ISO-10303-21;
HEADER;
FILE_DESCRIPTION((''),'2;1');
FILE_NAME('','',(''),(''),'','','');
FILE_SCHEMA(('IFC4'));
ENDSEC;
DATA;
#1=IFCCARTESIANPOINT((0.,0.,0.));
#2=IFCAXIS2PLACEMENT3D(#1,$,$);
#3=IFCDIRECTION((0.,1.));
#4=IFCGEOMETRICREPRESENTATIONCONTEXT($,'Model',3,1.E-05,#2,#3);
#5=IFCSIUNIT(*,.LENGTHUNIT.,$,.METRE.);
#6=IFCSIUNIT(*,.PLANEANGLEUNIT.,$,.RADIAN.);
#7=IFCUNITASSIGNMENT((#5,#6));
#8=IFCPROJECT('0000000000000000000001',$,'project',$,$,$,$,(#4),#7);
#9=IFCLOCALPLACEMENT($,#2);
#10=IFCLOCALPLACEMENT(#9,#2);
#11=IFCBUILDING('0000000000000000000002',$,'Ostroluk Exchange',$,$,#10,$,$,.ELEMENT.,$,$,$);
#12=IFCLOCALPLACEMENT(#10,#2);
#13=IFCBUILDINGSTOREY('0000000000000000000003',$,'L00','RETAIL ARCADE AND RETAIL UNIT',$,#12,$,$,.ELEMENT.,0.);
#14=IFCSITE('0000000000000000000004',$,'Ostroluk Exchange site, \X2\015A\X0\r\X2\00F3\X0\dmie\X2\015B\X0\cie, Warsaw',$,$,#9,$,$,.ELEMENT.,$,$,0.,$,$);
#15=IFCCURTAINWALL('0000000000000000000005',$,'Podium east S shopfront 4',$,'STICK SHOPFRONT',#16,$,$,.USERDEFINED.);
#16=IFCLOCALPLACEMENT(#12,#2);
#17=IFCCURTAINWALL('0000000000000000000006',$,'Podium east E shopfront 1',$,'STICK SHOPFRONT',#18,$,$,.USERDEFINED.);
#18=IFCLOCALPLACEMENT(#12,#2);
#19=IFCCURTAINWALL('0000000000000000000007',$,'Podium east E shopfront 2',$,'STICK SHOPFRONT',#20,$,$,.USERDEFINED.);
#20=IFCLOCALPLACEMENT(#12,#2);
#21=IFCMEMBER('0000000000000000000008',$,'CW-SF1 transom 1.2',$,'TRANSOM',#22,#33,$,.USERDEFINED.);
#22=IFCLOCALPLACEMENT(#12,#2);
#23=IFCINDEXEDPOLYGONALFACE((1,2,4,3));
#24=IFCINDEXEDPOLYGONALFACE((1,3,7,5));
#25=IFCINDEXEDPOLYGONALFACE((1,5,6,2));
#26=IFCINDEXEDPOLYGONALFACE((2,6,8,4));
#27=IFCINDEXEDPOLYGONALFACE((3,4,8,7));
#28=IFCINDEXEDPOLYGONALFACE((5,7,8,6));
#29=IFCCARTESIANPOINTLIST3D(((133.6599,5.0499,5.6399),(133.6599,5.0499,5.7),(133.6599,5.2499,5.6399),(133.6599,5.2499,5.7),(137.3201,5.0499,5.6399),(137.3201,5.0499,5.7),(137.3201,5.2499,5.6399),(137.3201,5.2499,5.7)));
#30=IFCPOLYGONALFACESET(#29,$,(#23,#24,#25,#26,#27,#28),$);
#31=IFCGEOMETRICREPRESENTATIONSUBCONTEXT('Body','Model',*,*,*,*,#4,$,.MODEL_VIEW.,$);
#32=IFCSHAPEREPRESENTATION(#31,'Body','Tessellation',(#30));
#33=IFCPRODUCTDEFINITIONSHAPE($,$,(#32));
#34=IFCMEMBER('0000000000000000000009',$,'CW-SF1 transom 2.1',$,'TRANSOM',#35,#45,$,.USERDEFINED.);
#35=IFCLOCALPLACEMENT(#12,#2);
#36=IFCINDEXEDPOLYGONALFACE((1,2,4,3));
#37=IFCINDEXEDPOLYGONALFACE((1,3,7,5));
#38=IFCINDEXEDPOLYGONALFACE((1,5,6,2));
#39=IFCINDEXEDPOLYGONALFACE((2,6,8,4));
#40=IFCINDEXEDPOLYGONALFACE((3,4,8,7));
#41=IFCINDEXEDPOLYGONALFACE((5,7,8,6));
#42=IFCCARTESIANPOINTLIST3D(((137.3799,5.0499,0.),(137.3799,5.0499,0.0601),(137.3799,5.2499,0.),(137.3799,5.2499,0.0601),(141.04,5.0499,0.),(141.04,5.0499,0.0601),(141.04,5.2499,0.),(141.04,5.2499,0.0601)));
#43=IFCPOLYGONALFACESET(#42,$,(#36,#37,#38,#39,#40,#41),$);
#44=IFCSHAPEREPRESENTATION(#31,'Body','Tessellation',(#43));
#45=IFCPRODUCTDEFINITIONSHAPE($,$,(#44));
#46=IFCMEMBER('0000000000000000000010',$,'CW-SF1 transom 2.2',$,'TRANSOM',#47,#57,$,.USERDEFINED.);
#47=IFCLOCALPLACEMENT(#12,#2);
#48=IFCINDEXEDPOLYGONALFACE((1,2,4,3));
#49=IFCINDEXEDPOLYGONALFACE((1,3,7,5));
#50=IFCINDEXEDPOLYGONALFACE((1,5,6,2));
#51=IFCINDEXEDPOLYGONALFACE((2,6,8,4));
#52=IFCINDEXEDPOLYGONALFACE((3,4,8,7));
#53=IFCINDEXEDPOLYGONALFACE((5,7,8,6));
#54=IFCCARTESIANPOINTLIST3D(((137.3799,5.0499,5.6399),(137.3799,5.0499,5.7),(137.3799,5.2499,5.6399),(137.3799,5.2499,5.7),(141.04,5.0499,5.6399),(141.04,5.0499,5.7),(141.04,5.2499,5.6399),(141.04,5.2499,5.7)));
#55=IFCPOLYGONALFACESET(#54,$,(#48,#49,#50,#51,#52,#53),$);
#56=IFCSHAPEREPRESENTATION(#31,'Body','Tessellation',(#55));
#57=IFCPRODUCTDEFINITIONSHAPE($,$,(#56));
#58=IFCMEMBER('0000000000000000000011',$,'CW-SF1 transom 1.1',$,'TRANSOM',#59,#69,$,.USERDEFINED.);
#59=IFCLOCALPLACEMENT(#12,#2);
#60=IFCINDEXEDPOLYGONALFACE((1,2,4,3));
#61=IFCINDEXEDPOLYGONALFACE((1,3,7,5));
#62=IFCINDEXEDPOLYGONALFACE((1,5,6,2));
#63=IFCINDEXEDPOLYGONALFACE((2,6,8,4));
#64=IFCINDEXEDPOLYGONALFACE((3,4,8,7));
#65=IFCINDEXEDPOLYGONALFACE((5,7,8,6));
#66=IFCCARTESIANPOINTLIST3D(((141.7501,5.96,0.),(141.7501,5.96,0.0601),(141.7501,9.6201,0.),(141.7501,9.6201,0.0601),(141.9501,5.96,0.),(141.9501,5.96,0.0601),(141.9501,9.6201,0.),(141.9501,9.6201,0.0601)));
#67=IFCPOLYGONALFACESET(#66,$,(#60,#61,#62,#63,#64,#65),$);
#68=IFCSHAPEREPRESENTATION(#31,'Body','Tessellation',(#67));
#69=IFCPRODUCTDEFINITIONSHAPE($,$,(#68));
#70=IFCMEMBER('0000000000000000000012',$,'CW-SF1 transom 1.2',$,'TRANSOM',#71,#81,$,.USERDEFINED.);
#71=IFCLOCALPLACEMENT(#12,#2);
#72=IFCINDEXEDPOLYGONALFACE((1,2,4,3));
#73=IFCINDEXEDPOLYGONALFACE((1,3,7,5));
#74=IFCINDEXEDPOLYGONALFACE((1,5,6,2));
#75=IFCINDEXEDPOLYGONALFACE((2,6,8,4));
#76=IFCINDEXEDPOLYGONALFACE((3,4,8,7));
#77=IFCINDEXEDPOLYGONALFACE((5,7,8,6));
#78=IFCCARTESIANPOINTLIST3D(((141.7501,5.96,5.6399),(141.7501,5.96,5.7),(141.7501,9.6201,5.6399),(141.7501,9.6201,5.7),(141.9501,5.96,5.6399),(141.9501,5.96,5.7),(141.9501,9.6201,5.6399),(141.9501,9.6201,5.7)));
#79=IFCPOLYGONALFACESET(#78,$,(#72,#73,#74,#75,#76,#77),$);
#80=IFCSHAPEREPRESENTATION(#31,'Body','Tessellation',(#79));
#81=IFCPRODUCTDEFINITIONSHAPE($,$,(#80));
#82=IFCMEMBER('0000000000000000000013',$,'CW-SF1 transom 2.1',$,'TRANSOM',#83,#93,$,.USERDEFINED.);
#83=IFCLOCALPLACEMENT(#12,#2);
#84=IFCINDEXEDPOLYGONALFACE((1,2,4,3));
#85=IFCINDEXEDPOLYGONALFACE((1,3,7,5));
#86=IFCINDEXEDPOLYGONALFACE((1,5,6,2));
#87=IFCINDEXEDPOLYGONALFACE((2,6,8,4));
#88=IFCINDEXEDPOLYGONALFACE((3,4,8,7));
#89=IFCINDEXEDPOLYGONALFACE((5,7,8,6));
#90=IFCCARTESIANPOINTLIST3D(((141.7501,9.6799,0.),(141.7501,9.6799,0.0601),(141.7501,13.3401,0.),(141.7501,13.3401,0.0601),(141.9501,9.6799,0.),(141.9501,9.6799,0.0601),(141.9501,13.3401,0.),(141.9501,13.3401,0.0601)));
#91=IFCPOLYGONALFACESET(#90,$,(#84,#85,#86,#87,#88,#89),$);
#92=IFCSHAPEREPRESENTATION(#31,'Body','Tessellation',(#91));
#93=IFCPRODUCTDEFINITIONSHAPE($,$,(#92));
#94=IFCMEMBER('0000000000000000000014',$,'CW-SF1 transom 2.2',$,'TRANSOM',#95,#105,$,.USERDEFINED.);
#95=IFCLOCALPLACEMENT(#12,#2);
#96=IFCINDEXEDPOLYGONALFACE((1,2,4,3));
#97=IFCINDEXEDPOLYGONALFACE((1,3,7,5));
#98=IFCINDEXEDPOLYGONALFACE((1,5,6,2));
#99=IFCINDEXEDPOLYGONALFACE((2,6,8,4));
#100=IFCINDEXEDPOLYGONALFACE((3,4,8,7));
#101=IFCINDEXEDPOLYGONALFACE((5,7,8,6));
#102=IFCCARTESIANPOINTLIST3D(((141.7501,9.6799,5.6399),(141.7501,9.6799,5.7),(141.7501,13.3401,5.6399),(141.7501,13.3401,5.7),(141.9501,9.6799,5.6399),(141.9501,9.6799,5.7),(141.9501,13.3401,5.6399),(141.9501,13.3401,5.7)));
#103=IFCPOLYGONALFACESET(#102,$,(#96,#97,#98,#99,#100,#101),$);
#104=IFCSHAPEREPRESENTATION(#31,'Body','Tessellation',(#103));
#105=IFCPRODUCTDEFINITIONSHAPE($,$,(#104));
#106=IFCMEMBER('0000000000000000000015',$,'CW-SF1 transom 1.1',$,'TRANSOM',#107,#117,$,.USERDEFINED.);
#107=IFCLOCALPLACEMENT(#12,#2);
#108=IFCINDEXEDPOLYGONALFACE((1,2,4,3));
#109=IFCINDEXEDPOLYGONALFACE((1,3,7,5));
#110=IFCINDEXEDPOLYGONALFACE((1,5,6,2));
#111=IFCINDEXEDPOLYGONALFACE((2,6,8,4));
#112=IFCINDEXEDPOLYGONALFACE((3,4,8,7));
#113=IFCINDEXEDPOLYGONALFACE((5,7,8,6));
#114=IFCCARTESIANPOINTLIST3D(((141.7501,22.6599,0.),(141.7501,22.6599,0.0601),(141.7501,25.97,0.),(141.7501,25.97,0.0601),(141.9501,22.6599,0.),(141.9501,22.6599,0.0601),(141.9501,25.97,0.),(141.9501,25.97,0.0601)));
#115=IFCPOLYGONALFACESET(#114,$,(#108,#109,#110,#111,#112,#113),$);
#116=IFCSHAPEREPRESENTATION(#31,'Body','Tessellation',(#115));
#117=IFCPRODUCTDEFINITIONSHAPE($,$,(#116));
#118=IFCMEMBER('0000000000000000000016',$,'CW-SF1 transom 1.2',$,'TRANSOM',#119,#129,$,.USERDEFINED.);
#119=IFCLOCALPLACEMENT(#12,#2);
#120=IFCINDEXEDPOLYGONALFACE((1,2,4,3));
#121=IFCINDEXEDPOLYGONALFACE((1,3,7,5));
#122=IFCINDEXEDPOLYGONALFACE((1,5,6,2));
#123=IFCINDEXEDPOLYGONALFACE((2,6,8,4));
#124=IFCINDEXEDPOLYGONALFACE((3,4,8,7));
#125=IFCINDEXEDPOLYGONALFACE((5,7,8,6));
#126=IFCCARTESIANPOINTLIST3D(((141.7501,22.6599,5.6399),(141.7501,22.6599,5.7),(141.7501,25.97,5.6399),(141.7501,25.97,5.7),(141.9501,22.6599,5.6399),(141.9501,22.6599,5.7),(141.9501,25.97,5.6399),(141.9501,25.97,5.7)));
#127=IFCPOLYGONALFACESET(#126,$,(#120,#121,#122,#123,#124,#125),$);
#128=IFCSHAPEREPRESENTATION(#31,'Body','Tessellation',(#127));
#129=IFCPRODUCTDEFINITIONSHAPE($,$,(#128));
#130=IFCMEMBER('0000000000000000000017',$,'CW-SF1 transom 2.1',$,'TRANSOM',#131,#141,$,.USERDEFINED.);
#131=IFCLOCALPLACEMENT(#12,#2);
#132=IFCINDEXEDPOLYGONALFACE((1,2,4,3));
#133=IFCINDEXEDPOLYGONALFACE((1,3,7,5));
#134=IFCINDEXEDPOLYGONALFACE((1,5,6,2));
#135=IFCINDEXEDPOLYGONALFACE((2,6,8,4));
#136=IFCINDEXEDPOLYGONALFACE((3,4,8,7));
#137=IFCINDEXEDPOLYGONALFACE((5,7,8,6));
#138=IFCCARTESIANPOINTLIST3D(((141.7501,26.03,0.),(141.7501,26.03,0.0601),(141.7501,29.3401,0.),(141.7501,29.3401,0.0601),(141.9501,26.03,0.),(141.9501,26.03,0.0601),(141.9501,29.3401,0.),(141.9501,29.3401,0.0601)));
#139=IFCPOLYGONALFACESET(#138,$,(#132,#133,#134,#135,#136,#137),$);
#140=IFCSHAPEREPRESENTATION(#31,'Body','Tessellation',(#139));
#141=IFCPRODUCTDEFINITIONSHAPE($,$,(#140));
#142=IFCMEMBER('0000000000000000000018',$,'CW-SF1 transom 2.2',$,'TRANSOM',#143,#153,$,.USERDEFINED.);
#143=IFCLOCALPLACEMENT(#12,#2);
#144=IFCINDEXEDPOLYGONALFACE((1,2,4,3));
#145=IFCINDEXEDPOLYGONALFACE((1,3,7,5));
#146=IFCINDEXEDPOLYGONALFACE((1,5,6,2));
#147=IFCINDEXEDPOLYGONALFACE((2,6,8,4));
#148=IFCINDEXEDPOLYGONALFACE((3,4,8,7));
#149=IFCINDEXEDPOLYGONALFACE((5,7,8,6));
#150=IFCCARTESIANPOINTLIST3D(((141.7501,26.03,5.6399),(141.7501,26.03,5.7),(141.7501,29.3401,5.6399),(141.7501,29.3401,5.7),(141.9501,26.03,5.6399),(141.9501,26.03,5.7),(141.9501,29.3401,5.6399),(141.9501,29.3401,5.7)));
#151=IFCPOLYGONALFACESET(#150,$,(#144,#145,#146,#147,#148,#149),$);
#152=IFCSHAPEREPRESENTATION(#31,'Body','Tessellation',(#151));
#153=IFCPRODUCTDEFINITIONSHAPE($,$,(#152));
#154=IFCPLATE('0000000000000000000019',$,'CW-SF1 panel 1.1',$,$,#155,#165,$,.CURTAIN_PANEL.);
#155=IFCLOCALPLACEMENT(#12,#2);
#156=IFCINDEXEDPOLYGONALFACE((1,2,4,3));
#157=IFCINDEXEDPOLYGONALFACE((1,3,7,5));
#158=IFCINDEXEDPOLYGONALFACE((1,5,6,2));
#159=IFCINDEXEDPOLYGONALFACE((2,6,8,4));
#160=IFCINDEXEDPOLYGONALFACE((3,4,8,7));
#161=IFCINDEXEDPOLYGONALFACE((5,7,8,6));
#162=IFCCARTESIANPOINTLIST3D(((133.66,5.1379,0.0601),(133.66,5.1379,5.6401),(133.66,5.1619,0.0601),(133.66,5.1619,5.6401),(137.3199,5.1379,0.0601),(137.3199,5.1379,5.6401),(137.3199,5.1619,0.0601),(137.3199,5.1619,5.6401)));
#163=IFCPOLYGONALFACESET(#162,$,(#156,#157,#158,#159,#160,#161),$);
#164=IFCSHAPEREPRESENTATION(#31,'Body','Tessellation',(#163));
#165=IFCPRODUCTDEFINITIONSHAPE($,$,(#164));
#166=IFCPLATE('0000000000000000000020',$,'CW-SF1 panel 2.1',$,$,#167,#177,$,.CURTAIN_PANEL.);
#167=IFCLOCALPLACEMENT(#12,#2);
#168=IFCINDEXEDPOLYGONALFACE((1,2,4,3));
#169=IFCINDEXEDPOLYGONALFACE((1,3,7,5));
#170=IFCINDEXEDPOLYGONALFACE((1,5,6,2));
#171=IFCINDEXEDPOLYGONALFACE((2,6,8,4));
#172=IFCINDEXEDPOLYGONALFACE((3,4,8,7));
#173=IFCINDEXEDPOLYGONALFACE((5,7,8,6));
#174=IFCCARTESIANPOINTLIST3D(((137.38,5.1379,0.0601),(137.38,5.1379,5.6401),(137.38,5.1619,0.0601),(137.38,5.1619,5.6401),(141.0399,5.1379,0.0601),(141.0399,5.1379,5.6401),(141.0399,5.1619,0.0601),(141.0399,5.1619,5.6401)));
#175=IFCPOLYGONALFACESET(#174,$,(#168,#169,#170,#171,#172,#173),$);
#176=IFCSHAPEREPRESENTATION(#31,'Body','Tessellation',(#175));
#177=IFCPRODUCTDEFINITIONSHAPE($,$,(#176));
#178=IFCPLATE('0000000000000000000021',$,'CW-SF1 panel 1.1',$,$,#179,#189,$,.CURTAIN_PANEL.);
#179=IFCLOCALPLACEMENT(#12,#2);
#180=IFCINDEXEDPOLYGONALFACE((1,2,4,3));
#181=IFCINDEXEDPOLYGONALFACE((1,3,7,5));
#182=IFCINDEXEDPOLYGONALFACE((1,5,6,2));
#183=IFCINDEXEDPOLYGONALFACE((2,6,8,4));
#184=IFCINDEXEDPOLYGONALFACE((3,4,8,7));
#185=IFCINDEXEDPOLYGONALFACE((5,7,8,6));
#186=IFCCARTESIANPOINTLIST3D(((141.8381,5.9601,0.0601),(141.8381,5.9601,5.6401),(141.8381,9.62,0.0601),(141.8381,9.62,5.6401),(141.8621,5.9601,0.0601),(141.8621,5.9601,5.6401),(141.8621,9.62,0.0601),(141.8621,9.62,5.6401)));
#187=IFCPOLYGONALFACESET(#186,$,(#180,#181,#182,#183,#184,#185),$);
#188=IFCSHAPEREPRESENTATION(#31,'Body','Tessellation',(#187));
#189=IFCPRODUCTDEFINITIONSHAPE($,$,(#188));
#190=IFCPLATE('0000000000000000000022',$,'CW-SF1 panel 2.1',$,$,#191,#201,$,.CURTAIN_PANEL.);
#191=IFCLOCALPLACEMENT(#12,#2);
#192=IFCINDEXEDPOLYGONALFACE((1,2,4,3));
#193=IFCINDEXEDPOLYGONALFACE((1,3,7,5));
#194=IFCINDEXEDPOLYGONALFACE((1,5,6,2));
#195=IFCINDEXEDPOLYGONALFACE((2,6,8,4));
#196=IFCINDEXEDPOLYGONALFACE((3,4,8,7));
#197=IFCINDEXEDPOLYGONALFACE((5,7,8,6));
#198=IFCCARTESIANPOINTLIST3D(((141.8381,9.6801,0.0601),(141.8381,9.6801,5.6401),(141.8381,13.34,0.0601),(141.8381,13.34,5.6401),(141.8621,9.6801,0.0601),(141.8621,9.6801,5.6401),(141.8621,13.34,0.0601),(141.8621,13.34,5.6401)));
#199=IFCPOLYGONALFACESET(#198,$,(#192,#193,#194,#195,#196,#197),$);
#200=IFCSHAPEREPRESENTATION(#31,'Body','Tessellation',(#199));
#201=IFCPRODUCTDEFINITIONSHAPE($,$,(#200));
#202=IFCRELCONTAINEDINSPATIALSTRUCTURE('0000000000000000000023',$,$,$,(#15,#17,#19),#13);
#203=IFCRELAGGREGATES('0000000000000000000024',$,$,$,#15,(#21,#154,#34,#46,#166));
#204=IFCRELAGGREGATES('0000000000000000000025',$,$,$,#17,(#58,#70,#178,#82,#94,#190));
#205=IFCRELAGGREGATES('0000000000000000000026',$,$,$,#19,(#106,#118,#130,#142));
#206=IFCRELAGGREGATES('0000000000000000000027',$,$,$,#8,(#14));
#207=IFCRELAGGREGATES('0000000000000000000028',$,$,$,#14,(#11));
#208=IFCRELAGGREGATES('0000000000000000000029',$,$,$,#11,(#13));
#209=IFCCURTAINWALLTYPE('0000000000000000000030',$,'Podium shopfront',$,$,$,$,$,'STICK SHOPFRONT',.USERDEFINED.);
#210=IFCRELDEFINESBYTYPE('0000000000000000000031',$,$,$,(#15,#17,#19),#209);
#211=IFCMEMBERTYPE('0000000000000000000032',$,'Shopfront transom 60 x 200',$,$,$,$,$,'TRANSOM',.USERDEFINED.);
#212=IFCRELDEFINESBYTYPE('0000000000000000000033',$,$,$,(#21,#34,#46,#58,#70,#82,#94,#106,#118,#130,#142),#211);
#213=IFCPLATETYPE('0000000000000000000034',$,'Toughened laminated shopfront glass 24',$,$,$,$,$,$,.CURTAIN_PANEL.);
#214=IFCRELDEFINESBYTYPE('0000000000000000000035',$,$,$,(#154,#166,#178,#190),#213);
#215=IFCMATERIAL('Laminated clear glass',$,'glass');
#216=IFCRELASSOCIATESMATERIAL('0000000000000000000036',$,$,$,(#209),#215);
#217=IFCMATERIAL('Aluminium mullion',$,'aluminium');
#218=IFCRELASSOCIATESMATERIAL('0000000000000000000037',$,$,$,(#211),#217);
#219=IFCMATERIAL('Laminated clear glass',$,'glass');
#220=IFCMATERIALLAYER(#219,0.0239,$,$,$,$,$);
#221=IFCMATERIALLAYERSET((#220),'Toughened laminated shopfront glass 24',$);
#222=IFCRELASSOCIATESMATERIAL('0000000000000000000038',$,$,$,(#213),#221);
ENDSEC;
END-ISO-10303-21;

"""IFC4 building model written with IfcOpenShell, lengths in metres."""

from ifc_helpers import new_model, si_unit, direction, frame, origin, origin_2d, place, context, subcontext, project, spatial, rectangle, extrude, material, layer, layer_set, material_profile, profile_set, type_object, element, aggregate, save


model = new_model("IFC4")

# Units and contexts
model_context = context("Model", 3, precision=1e-05, world=origin(), true_north=direction((0.0, 1.0)))
body_context = subcontext(model_context, "Body", "Model", "MODEL_VIEW")
ifc_project = project(units=[si_unit("LENGTHUNIT", "METRE"), si_unit("PLANEANGLEUNIT", "RADIAN")], contexts=[model_context])

# Site, building, storey
site_placement = place(None, origin())
site = spatial("IfcSite", under=ifc_project, at=site_placement, Name="Ostroluk Exchange site, Śródmieście, Warsaw", CompositionType="ELEMENT", RefElevation=0.0)
building_placement = place(site_placement, origin())
building = spatial("IfcBuilding", under=site, at=building_placement, Name="Ostroluk Exchange", CompositionType="ELEMENT")
storey_placement = place(building_placement, origin())
storey = spatial("IfcBuildingStorey", under=building, at=storey_placement, Name="L00", Description="RETAIL ARCADE AND RETAIL UNIT", CompositionType="ELEMENT", Elevation=0.0)

# Curtain walls
ifc_material_1 = material(Name="Laminated clear glass", Category="glass")
curtain_wall_type = type_object("IfcCurtainWallType", Name="Podium shopfront", ElementType="STICK SHOPFRONT", PredefinedType="USERDEFINED", material=ifc_material_1)
curtain_wall_1_placement = place(storey_placement, origin())
curtain_wall_1 = element("IfcCurtainWall", 1, at=curtain_wall_1_placement, inside=storey, type_object=curtain_wall_type, Name="Podium east S shopfront 4", ObjectType="STICK SHOPFRONT", PredefinedType="USERDEFINED")
curtain_wall_2_placement = place(storey_placement, origin())
curtain_wall_2 = element("IfcCurtainWall", 2, at=curtain_wall_2_placement, inside=storey, type_object=curtain_wall_type, Name="Podium east E shopfront 1", ObjectType="STICK SHOPFRONT", PredefinedType="USERDEFINED")
curtain_wall_3_placement = place(storey_placement, origin())
curtain_wall_3 = element("IfcCurtainWall", 3, at=curtain_wall_3_placement, inside=storey, type_object=curtain_wall_type, Name="Podium east E shopfront 2", ObjectType="STICK SHOPFRONT", PredefinedType="USERDEFINED")

# Members
ifc_material_2 = material(Name="Aluminium mullion", Category="aluminium")
ifc_material_profile_1 = material_profile(ifc_material_2, rectangle(XDim=0.2, YDim=0.0601, at=origin_2d()), Name="Shopfront transom 60 x 200")
ifc_profile_set_1 = profile_set([ifc_material_profile_1], Name="Aluminium mullion")
member_type_1 = type_object("IfcMemberType", Name="Shopfront transom 60 x 200", ElementType="TRANSOM", PredefinedType="USERDEFINED", material=ifc_profile_set_1)
member_1_placement = place(storey_placement, frame((133.6599, 5.1499, 5.6699), z_axis=(1.0, 0.0, 0.0), x_axis=(0.0, 1.0, 0.0)))
member_1 = element("IfcMember", 4, at=member_1_placement, type_object=member_type_1, Name="CW-SF1 transom 1.2", ObjectType="TRANSOM", PredefinedType="USERDEFINED", context=body_context, shape_type="SweptSolid", body=[
    extrude(rectangle(XDim=0.2, YDim=0.0601, at=origin_2d()), origin(), (0.0, 0.0, 1.0), 3.6602),
])
member_2_placement = place(storey_placement, frame((137.3799, 5.1499, 0.03), z_axis=(1.0, 0.0, 0.0), x_axis=(0.0, 1.0, 0.0)))
member_2 = element("IfcMember", 5, at=member_2_placement, type_object=member_type_1, Name="CW-SF1 transom 2.1", ObjectType="TRANSOM", PredefinedType="USERDEFINED", context=body_context, shape_type="SweptSolid", body=[
    extrude(rectangle(XDim=0.2, YDim=0.0601, at=origin_2d()), origin(), (0.0, 0.0, 1.0), 3.6602),
])
member_3_placement = place(storey_placement, frame((137.3799, 5.1499, 5.6699), z_axis=(1.0, 0.0, 0.0), x_axis=(0.0, 1.0, 0.0)))
member_3 = element("IfcMember", 6, at=member_3_placement, type_object=member_type_1, Name="CW-SF1 transom 2.2", ObjectType="TRANSOM", PredefinedType="USERDEFINED", context=body_context, shape_type="SweptSolid", body=[
    extrude(rectangle(XDim=0.2, YDim=0.0601, at=origin_2d()), origin(), (0.0, 0.0, 1.0), 3.6602),
])
member_4_placement = place(storey_placement, frame((141.8501, 5.96, 0.03), z_axis=(0.0, 1.0, 0.0), x_axis=(-1.0, 0.0, 0.0)))
member_4 = element("IfcMember", 7, at=member_4_placement, type_object=member_type_1, Name="CW-SF1 transom 1.1", ObjectType="TRANSOM", PredefinedType="USERDEFINED", context=body_context, shape_type="SweptSolid", body=[
    extrude(rectangle(XDim=0.2, YDim=0.0601, at=origin_2d()), origin(), (0.0, 0.0, 1.0), 3.6602),
])
member_5_placement = place(storey_placement, frame((141.8501, 5.96, 5.6699), z_axis=(0.0, 1.0, 0.0), x_axis=(-1.0, 0.0, 0.0)))
member_5 = element("IfcMember", 8, at=member_5_placement, type_object=member_type_1, Name="CW-SF1 transom 1.2", ObjectType="TRANSOM", PredefinedType="USERDEFINED", context=body_context, shape_type="SweptSolid", body=[
    extrude(rectangle(XDim=0.2, YDim=0.0601, at=origin_2d()), origin(), (0.0, 0.0, 1.0), 3.6602),
])
member_6_placement = place(storey_placement, frame((141.8501, 9.6799, 0.03), z_axis=(0.0, 1.0, 0.0), x_axis=(-1.0, 0.0, 0.0)))
member_6 = element("IfcMember", 9, at=member_6_placement, type_object=member_type_1, Name="CW-SF1 transom 2.1", ObjectType="TRANSOM", PredefinedType="USERDEFINED", context=body_context, shape_type="SweptSolid", body=[
    extrude(rectangle(XDim=0.2, YDim=0.0601, at=origin_2d()), origin(), (0.0, 0.0, 1.0), 3.6602),
])
member_7_placement = place(storey_placement, frame((141.8501, 9.6799, 5.6699), z_axis=(0.0, 1.0, 0.0), x_axis=(-1.0, 0.0, 0.0)))
member_7 = element("IfcMember", 10, at=member_7_placement, type_object=member_type_1, Name="CW-SF1 transom 2.2", ObjectType="TRANSOM", PredefinedType="USERDEFINED", context=body_context, shape_type="SweptSolid", body=[
    extrude(rectangle(XDim=0.2, YDim=0.0601, at=origin_2d()), origin(), (0.0, 0.0, 1.0), 3.6602),
])
member_8_placement = place(storey_placement, frame((141.8501, 22.6599, 0.03), z_axis=(0.0, 1.0, 0.0), x_axis=(-1.0, 0.0, 0.0)))
member_8 = element("IfcMember", 11, at=member_8_placement, type_object=member_type_1, Name="CW-SF1 transom 1.1", ObjectType="TRANSOM", PredefinedType="USERDEFINED", context=body_context, shape_type="SweptSolid", body=[
    extrude(rectangle(XDim=0.2, YDim=0.0601, at=origin_2d()), origin(), (0.0, 0.0, 1.0), 3.3101),
])
member_9_placement = place(storey_placement, frame((141.8501, 22.6599, 5.6699), z_axis=(0.0, 1.0, 0.0), x_axis=(-1.0, 0.0, 0.0)))
member_9 = element("IfcMember", 12, at=member_9_placement, type_object=member_type_1, Name="CW-SF1 transom 1.2", ObjectType="TRANSOM", PredefinedType="USERDEFINED", context=body_context, shape_type="SweptSolid", body=[
    extrude(rectangle(XDim=0.2, YDim=0.0601, at=origin_2d()), origin(), (0.0, 0.0, 1.0), 3.3101),
])
member_10_placement = place(storey_placement, frame((141.8501, 26.03, 0.03), z_axis=(0.0, 1.0, 0.0), x_axis=(-1.0, 0.0, 0.0)))
member_10 = element("IfcMember", 13, at=member_10_placement, type_object=member_type_1, Name="CW-SF1 transom 2.1", ObjectType="TRANSOM", PredefinedType="USERDEFINED", context=body_context, shape_type="SweptSolid", body=[
    extrude(rectangle(XDim=0.2, YDim=0.0601, at=origin_2d()), origin(), (0.0, 0.0, 1.0), 3.3101),
])
member_11_placement = place(storey_placement, frame((141.8501, 26.03, 5.6699), z_axis=(0.0, 1.0, 0.0), x_axis=(-1.0, 0.0, 0.0)))
member_11 = element("IfcMember", 14, at=member_11_placement, type_object=member_type_1, Name="CW-SF1 transom 2.2", ObjectType="TRANSOM", PredefinedType="USERDEFINED", context=body_context, shape_type="SweptSolid", body=[
    extrude(rectangle(XDim=0.2, YDim=0.0601, at=origin_2d()), origin(), (0.0, 0.0, 1.0), 3.3101),
])

# Plates
ifc_material_3 = material(Name="Laminated clear glass", Category="glass")
ifc_layer_1 = layer(ifc_material_3, 0.0239)
ifc_layer_set_1 = layer_set([ifc_layer_1], Name="Toughened laminated shopfront glass 24")
plate_type = type_object("IfcPlateType", Name="Toughened laminated shopfront glass 24", PredefinedType="CURTAIN_PANEL", material=ifc_layer_set_1)
plate_1_placement = place(storey_placement, frame((135.49, 5.1499, 0.0601), z_axis=(0.0, 0.0, 1.0), x_axis=(1.0, 0.0, 0.0)))
plate_1 = element("IfcPlate", 15, at=plate_1_placement, type_object=plate_type, Name="CW-SF1 panel 1.1", PredefinedType="CURTAIN_PANEL", context=body_context, shape_type="SweptSolid", body=[
    extrude(rectangle(XDim=3.6599, YDim=0.0239, at=origin_2d()), origin(), (0.0, 0.0, 1.0), 5.5801),
])
plate_2_placement = place(storey_placement, frame((139.21, 5.1499, 0.0601), z_axis=(0.0, 0.0, 1.0), x_axis=(1.0, 0.0, 0.0)))
plate_2 = element("IfcPlate", 16, at=plate_2_placement, type_object=plate_type, Name="CW-SF1 panel 2.1", PredefinedType="CURTAIN_PANEL", context=body_context, shape_type="SweptSolid", body=[
    extrude(rectangle(XDim=3.6599, YDim=0.0239, at=origin_2d()), origin(), (0.0, 0.0, 1.0), 5.5801),
])
aggregate(curtain_wall_1, [member_1, plate_1, member_2, member_3, plate_2])
plate_3_placement = place(storey_placement, frame((141.8501, 7.79, 0.0601), z_axis=(0.0, 0.0, 1.0), x_axis=(0.0, 1.0, 0.0)))
plate_3 = element("IfcPlate", 17, at=plate_3_placement, type_object=plate_type, Name="CW-SF1 panel 1.1", PredefinedType="CURTAIN_PANEL", context=body_context, shape_type="SweptSolid", body=[
    extrude(rectangle(XDim=3.6599, YDim=0.0239, at=origin_2d()), origin(), (0.0, 0.0, 1.0), 5.5801),
])
plate_4_placement = place(storey_placement, frame((141.8501, 11.51, 0.0601), z_axis=(0.0, 0.0, 1.0), x_axis=(0.0, 1.0, 0.0)))
plate_4 = element("IfcPlate", 18, at=plate_4_placement, type_object=plate_type, Name="CW-SF1 panel 2.1", PredefinedType="CURTAIN_PANEL", context=body_context, shape_type="SweptSolid", body=[
    extrude(rectangle(XDim=3.6599, YDim=0.0239, at=origin_2d()), origin(), (0.0, 0.0, 1.0), 5.5801),
])
aggregate(curtain_wall_2, [member_4, member_5, plate_3, member_6, member_7, plate_4])
aggregate(curtain_wall_3, [member_8, member_9, member_10, member_11])

save(model, "model.ifc")
